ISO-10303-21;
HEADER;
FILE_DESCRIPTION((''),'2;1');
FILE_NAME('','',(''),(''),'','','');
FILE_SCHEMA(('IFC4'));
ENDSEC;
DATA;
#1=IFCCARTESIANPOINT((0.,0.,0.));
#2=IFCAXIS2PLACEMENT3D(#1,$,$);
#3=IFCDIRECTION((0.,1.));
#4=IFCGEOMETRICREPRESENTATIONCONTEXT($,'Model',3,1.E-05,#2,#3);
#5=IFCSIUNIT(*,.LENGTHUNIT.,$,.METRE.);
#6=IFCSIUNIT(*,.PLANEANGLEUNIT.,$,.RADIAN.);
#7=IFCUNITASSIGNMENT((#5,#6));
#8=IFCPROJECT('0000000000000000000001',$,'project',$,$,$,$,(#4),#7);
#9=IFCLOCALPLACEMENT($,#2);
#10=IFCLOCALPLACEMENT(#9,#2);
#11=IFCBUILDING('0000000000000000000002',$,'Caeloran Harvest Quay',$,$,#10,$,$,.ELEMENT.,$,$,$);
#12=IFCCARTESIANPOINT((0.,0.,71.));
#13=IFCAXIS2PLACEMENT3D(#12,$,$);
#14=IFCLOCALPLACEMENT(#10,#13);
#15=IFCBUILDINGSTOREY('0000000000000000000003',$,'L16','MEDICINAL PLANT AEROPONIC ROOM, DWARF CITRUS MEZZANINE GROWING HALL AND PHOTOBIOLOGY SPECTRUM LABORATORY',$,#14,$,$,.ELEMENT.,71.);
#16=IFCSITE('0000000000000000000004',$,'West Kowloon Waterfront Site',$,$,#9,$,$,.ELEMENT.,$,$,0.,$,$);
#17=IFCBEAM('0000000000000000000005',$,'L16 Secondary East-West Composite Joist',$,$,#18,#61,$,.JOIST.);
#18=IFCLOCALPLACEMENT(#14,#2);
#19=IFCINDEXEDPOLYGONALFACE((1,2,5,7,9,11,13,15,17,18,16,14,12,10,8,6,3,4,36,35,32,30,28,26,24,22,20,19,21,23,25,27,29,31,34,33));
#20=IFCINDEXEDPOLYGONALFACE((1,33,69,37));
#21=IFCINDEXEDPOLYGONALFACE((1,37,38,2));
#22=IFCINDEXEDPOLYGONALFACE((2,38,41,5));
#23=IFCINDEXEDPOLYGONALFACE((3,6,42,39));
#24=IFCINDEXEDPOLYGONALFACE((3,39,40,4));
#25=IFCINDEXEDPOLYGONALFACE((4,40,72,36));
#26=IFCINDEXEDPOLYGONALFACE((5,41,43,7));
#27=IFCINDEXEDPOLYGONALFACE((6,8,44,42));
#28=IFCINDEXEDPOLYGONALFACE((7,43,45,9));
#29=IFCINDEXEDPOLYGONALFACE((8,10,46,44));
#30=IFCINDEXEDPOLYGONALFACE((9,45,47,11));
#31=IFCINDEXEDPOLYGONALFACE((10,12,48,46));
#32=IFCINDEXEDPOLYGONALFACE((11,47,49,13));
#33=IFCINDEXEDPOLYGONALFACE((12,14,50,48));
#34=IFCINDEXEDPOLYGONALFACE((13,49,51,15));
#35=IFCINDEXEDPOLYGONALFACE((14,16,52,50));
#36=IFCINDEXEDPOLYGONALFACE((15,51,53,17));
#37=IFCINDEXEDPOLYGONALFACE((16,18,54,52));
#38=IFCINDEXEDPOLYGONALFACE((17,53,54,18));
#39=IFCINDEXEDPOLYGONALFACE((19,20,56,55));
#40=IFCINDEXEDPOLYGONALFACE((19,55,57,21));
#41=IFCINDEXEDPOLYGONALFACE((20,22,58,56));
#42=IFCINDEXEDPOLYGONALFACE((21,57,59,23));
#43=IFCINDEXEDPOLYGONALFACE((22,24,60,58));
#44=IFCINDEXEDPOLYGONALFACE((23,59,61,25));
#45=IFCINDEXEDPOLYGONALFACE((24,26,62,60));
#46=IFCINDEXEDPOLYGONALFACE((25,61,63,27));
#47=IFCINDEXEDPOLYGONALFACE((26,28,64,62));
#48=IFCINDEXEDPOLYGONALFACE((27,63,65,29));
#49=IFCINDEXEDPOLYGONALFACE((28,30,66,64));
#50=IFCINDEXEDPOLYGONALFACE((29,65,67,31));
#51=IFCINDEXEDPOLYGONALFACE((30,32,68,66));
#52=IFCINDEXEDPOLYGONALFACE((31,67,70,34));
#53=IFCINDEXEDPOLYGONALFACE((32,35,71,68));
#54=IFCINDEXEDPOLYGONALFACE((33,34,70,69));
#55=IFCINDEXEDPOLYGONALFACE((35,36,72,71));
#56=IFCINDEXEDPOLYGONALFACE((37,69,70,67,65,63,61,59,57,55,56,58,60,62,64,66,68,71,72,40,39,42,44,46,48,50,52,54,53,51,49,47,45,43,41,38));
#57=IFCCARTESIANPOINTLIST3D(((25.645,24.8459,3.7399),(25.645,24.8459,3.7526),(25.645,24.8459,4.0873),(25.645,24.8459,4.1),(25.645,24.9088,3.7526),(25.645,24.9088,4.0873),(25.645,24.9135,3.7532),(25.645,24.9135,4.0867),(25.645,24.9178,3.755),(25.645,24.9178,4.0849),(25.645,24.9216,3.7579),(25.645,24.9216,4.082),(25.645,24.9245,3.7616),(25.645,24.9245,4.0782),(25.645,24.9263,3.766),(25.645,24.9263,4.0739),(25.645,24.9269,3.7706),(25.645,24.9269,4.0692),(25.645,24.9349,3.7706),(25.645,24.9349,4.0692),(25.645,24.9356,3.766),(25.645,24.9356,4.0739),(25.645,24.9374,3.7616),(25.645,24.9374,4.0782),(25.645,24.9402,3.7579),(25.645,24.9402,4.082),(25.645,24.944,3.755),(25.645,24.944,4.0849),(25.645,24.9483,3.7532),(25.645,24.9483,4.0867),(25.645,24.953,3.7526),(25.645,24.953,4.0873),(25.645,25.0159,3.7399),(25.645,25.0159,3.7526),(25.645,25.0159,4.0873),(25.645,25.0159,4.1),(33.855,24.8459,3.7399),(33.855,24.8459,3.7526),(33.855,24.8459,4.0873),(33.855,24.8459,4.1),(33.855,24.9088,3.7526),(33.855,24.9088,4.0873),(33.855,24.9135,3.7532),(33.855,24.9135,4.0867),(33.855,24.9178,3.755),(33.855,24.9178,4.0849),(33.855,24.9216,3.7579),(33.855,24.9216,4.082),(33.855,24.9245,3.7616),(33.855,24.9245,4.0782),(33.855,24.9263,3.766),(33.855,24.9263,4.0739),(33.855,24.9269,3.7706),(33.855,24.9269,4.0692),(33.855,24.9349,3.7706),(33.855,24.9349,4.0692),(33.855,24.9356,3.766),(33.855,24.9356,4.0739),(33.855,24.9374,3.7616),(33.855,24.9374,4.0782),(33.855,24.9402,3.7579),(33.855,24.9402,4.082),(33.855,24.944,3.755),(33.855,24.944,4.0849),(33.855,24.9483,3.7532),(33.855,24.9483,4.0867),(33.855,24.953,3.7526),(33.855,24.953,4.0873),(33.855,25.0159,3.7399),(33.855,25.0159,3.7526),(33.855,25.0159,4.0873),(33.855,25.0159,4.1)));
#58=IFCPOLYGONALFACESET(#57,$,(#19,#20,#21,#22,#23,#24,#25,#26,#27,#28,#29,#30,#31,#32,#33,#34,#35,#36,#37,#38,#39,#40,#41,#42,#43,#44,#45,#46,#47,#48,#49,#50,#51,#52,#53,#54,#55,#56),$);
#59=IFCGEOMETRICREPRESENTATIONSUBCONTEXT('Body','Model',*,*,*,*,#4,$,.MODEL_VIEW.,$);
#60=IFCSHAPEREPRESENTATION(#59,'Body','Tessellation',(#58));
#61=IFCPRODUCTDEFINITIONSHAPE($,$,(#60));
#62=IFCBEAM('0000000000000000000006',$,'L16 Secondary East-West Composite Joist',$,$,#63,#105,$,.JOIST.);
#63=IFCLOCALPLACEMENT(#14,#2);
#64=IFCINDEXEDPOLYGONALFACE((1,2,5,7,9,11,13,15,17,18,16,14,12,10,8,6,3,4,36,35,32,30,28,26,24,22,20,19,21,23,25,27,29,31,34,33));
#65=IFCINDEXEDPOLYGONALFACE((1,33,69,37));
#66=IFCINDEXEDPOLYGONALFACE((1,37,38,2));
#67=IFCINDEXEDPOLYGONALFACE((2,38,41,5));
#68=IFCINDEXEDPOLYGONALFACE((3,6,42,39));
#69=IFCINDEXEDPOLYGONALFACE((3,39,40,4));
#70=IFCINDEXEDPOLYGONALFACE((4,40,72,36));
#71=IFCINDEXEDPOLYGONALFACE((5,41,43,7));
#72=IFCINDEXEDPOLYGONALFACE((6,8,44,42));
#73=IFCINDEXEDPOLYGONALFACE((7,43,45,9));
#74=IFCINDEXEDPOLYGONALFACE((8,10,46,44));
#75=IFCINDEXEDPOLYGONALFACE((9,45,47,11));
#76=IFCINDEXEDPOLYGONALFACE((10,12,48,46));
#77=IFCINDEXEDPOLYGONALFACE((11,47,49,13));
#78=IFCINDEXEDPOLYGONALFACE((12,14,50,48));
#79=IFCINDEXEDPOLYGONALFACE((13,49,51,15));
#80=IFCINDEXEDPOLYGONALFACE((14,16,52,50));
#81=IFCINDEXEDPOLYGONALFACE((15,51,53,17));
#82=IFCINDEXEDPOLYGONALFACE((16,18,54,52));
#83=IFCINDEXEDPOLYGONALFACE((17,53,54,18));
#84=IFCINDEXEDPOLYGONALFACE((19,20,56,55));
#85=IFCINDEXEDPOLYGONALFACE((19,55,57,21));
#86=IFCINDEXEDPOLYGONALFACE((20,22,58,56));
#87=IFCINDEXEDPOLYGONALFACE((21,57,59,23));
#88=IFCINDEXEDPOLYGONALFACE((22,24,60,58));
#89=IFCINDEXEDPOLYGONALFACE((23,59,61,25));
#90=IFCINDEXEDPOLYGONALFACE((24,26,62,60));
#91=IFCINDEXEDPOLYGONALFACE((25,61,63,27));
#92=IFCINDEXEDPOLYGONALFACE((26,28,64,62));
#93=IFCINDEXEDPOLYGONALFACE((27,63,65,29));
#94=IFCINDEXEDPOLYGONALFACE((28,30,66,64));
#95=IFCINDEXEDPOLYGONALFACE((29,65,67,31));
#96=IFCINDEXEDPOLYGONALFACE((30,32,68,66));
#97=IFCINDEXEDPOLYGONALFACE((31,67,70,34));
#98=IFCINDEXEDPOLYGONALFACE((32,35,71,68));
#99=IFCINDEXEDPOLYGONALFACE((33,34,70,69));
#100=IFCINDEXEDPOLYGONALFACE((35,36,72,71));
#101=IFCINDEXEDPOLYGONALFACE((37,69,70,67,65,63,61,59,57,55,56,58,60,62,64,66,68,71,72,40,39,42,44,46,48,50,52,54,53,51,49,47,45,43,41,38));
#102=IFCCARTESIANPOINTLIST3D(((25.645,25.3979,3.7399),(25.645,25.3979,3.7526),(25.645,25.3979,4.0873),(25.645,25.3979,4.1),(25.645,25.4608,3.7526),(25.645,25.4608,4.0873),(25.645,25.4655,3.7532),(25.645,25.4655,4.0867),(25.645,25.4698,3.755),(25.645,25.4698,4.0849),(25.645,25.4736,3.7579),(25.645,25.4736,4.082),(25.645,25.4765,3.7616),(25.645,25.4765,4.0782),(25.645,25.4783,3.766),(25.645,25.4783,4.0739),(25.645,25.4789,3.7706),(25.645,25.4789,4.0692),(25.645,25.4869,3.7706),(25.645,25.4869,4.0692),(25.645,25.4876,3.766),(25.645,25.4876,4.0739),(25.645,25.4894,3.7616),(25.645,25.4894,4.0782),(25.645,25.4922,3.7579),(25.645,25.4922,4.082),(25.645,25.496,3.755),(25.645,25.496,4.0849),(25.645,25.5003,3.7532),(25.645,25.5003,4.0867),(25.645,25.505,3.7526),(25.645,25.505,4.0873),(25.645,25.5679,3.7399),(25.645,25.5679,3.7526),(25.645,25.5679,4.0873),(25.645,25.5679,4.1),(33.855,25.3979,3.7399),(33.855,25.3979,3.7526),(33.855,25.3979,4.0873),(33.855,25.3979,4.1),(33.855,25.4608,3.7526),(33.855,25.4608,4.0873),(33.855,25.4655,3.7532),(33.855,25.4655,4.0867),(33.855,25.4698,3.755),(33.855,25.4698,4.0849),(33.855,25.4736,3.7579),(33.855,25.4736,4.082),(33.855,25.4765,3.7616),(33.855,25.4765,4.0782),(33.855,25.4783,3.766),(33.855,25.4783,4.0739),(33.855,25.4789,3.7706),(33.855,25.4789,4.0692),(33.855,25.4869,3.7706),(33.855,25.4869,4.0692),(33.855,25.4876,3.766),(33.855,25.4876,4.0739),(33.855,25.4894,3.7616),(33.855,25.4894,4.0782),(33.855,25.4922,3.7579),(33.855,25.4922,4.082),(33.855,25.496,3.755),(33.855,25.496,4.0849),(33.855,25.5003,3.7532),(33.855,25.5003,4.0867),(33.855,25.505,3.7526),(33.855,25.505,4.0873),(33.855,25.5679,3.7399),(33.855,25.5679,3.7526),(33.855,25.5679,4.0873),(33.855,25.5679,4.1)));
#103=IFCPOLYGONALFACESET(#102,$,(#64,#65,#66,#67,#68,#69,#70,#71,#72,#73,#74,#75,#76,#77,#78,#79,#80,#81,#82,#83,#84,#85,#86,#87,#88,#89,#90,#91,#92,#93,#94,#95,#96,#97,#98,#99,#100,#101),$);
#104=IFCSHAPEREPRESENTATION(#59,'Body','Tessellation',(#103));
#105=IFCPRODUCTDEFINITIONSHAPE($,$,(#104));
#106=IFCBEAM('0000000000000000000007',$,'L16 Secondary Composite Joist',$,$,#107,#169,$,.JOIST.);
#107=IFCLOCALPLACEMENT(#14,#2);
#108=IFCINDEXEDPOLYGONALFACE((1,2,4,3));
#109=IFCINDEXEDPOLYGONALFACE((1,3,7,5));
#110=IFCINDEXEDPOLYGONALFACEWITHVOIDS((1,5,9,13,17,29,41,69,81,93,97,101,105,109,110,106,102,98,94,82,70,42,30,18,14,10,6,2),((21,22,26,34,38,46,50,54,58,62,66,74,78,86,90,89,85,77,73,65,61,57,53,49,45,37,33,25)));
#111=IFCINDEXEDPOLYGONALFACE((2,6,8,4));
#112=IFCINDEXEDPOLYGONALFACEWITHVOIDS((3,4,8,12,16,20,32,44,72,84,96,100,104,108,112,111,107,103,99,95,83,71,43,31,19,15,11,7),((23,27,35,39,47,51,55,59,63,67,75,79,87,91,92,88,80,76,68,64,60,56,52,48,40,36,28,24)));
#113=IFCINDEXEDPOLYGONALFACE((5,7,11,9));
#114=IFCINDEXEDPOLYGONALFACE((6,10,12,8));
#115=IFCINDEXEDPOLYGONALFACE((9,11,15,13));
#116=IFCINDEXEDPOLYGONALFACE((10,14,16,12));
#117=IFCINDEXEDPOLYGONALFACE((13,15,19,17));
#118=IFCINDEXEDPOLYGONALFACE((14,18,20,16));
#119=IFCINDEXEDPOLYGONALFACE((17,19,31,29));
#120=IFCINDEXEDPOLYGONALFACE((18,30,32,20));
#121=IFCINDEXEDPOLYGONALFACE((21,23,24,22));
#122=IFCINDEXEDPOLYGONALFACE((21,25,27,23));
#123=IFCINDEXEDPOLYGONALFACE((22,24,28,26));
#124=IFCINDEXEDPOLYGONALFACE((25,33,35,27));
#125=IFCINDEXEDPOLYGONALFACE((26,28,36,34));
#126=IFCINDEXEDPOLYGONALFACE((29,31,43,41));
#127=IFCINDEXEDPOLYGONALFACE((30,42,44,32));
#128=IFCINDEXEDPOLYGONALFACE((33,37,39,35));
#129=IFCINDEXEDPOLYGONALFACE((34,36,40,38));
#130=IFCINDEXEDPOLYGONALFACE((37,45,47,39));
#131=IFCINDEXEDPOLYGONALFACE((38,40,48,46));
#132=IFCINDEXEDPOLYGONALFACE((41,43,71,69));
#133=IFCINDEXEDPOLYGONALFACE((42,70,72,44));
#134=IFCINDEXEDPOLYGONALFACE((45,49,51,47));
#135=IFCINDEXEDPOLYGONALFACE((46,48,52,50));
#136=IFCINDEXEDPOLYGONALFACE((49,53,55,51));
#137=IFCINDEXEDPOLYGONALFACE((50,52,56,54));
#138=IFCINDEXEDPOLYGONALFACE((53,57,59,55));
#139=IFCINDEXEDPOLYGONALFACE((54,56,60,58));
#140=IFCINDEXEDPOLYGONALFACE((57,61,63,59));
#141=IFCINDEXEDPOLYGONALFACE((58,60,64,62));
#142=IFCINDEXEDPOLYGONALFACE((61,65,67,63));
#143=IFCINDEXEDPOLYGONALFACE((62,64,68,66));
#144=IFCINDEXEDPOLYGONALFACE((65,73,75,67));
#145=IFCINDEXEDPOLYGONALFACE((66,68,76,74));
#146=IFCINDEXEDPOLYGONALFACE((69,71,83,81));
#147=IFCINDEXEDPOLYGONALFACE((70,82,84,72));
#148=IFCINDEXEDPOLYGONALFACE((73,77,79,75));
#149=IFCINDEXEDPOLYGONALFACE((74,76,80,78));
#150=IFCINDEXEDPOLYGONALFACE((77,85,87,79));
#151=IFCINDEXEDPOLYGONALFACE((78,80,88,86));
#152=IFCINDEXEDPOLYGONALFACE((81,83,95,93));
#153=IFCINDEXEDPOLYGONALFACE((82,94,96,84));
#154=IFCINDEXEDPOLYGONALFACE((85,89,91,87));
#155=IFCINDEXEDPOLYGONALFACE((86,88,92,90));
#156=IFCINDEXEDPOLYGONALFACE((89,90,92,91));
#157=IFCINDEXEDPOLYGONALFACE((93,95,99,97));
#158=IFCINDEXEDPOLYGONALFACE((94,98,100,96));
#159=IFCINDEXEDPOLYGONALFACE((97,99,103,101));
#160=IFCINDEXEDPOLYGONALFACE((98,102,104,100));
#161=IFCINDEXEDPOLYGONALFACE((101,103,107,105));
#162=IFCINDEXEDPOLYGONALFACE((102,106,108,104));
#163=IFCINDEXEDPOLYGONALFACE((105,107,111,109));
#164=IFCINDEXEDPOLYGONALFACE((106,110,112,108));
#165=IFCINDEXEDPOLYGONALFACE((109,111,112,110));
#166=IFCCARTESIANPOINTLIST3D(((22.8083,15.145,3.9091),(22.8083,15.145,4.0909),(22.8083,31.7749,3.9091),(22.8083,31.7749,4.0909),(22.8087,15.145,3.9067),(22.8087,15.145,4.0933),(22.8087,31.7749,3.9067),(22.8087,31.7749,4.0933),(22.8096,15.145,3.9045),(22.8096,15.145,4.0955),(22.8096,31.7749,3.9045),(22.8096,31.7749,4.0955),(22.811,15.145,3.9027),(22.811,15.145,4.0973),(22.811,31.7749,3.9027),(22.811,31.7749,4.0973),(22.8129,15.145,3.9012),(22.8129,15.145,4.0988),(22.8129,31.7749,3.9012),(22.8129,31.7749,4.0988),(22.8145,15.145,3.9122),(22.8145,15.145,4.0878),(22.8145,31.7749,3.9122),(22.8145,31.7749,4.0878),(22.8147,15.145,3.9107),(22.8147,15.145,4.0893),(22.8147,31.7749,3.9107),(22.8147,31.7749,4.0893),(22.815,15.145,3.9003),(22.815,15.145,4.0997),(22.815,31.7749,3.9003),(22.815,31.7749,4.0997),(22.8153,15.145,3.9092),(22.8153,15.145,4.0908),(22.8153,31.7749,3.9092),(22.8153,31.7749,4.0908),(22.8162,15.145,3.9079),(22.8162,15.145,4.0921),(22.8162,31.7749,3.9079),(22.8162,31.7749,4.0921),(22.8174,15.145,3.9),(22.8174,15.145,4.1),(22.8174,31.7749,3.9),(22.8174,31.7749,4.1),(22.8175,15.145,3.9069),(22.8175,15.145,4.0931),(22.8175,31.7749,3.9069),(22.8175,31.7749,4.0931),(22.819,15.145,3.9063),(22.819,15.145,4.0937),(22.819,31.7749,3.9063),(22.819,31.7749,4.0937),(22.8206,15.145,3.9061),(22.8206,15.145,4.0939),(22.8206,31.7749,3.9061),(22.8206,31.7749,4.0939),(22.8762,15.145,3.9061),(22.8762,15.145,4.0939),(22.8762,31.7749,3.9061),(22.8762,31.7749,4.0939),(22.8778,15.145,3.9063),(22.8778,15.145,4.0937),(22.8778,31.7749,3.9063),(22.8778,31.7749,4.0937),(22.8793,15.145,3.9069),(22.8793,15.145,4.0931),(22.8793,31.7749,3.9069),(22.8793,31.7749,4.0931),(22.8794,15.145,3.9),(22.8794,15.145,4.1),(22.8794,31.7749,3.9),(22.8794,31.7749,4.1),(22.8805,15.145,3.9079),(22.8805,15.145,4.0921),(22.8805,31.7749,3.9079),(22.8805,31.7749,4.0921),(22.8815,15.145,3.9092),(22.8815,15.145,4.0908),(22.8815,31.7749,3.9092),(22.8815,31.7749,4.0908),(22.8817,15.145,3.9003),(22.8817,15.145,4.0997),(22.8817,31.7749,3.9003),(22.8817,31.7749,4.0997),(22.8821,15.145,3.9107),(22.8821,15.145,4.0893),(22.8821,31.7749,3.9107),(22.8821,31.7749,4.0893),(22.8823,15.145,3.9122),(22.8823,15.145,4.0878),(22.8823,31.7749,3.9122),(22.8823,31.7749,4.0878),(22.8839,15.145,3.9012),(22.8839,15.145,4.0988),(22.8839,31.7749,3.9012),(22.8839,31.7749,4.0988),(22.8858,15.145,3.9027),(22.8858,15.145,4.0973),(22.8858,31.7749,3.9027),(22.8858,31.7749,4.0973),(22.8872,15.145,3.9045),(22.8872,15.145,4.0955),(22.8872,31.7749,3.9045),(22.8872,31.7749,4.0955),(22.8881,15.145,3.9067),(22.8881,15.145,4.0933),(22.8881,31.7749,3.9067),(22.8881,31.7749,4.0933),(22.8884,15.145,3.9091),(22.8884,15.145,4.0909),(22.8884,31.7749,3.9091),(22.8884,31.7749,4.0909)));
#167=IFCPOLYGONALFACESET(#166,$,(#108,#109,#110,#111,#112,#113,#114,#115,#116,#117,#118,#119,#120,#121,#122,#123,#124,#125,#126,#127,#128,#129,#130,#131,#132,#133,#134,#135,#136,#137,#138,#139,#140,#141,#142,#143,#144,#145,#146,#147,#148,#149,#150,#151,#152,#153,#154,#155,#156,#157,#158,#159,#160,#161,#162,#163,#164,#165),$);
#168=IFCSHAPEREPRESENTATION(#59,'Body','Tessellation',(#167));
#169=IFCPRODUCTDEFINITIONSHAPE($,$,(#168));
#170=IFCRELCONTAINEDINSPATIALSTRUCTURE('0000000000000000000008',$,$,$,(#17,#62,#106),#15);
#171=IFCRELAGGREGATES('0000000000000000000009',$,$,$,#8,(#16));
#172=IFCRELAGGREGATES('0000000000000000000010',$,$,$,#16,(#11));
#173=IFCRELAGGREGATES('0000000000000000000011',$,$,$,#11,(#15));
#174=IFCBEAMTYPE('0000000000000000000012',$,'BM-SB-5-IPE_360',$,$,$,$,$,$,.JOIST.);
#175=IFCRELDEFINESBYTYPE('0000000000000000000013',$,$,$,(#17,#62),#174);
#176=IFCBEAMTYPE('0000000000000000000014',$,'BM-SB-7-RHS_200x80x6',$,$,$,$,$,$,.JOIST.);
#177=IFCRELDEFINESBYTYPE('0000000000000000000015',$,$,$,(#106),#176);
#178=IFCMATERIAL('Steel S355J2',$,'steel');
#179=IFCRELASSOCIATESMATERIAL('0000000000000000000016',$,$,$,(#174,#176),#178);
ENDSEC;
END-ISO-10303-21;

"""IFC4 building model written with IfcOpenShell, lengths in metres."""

from ifc_helpers import new_model, si_unit, direction, frame, origin, origin_2d, place, context, subcontext, project, spatial, hollow_rectangle, i_section, extrude, material, material_profile, profile_set, type_object, element, save


model = new_model("IFC4")

# Units and contexts
model_context = context("Model", 3, precision=1e-05, world=origin(), true_north=direction((0.0, 1.0)))
body_context = subcontext(model_context, "Body", "Model", "MODEL_VIEW")
ifc_project = project(units=[si_unit("LENGTHUNIT", "METRE"), si_unit("PLANEANGLEUNIT", "RADIAN")], contexts=[model_context])

# Site, building, storey
site_placement = place(None, origin())
site = spatial("IfcSite", under=ifc_project, at=site_placement, Name="West Kowloon Waterfront Site", CompositionType="ELEMENT", RefElevation=0.0)
building_placement = place(site_placement, origin())
building = spatial("IfcBuilding", under=site, at=building_placement, Name="Caeloran Harvest Quay", CompositionType="ELEMENT")
storey_placement = place(building_placement, frame((0.0, 0.0, 71.0)))
storey = spatial("IfcBuildingStorey", under=building, at=storey_placement, Name="L16", Description="MEDICINAL PLANT AEROPONIC ROOM, DWARF CITRUS MEZZANINE GROWING HALL AND PHOTOBIOLOGY SPECTRUM LABORATORY", CompositionType="ELEMENT", Elevation=71.0)

# Beams
ifc_material_1 = material(Name="Steel S355J2", Category="steel")
ifc_material_profile_1 = material_profile(ifc_material_1, i_section(OverallWidth=0.1699, OverallDepth=0.3601, WebThickness=0.0081, FlangeThickness=0.0127, FilletRadius=0.0181, at=origin_2d()), Name="IPE 360")
ifc_profile_set_1 = profile_set([ifc_material_profile_1], Name="Steel S355J2")
beam_type_1 = type_object("IfcBeamType", Name="BM-SB-5-IPE_360", PredefinedType="JOIST", material=ifc_profile_set_1)
for number, where, z_axis, x_axis, name in (
    (1, (25.645, 24.9309, 3.9199), (1.0, 0.0, 0.0), (0.0, 1.0, 0.0), "L16 Secondary East-West Composite Joist"),
    (2, (25.645, 25.4829, 3.9199), (1.0, 0.0, 0.0), (0.0, 1.0, 0.0), "L16 Secondary East-West Composite Joist"),
):
    element("IfcBeam", number, at=place(storey_placement, frame(where, z_axis=z_axis, x_axis=x_axis)), inside=storey, type_object=beam_type_1, Name=name, PredefinedType="JOIST", context=body_context, shape_type="SweptSolid", body=[
        extrude(i_section(OverallWidth=0.1699, OverallDepth=0.3601, WebThickness=0.0081, FlangeThickness=0.0127, FilletRadius=0.0181, at=origin_2d()), origin(), (0.0, 0.0, 1.0), 8.21),
    ])
ifc_material_profile_2 = material_profile(ifc_material_1, hollow_rectangle(XDim=0.0801, YDim=0.2, WallThickness=0.0061, InnerFilletRadius=0.0061, OuterFilletRadius=0.009, at=origin_2d()), Name="RHS 200x80x6")
ifc_profile_set_2 = profile_set([ifc_material_profile_2], Name="Steel S355J2")
beam_type_2 = type_object("IfcBeamType", Name="BM-SB-7-RHS_200x80x6", PredefinedType="JOIST", material=ifc_profile_set_2)
for number, where, z_axis, x_axis, name in (
    (3, (22.8484, 15.145, 4.0), (0.0, 1.0, 0.0), (-1.0, 0.0, 0.0), "L16 Secondary Composite Joist"),
):
    element("IfcBeam", number, at=place(storey_placement, frame(where, z_axis=z_axis, x_axis=x_axis)), inside=storey, type_object=beam_type_2, Name=name, PredefinedType="JOIST", context=body_context, shape_type="SweptSolid", body=[
        extrude(hollow_rectangle(XDim=0.0801, YDim=0.2, WallThickness=0.0061, InnerFilletRadius=0.0061, OuterFilletRadius=0.009, at=origin_2d()), origin(), (0.0, 0.0, 1.0), 16.6299),
    ])

save(model, "model.ifc")
